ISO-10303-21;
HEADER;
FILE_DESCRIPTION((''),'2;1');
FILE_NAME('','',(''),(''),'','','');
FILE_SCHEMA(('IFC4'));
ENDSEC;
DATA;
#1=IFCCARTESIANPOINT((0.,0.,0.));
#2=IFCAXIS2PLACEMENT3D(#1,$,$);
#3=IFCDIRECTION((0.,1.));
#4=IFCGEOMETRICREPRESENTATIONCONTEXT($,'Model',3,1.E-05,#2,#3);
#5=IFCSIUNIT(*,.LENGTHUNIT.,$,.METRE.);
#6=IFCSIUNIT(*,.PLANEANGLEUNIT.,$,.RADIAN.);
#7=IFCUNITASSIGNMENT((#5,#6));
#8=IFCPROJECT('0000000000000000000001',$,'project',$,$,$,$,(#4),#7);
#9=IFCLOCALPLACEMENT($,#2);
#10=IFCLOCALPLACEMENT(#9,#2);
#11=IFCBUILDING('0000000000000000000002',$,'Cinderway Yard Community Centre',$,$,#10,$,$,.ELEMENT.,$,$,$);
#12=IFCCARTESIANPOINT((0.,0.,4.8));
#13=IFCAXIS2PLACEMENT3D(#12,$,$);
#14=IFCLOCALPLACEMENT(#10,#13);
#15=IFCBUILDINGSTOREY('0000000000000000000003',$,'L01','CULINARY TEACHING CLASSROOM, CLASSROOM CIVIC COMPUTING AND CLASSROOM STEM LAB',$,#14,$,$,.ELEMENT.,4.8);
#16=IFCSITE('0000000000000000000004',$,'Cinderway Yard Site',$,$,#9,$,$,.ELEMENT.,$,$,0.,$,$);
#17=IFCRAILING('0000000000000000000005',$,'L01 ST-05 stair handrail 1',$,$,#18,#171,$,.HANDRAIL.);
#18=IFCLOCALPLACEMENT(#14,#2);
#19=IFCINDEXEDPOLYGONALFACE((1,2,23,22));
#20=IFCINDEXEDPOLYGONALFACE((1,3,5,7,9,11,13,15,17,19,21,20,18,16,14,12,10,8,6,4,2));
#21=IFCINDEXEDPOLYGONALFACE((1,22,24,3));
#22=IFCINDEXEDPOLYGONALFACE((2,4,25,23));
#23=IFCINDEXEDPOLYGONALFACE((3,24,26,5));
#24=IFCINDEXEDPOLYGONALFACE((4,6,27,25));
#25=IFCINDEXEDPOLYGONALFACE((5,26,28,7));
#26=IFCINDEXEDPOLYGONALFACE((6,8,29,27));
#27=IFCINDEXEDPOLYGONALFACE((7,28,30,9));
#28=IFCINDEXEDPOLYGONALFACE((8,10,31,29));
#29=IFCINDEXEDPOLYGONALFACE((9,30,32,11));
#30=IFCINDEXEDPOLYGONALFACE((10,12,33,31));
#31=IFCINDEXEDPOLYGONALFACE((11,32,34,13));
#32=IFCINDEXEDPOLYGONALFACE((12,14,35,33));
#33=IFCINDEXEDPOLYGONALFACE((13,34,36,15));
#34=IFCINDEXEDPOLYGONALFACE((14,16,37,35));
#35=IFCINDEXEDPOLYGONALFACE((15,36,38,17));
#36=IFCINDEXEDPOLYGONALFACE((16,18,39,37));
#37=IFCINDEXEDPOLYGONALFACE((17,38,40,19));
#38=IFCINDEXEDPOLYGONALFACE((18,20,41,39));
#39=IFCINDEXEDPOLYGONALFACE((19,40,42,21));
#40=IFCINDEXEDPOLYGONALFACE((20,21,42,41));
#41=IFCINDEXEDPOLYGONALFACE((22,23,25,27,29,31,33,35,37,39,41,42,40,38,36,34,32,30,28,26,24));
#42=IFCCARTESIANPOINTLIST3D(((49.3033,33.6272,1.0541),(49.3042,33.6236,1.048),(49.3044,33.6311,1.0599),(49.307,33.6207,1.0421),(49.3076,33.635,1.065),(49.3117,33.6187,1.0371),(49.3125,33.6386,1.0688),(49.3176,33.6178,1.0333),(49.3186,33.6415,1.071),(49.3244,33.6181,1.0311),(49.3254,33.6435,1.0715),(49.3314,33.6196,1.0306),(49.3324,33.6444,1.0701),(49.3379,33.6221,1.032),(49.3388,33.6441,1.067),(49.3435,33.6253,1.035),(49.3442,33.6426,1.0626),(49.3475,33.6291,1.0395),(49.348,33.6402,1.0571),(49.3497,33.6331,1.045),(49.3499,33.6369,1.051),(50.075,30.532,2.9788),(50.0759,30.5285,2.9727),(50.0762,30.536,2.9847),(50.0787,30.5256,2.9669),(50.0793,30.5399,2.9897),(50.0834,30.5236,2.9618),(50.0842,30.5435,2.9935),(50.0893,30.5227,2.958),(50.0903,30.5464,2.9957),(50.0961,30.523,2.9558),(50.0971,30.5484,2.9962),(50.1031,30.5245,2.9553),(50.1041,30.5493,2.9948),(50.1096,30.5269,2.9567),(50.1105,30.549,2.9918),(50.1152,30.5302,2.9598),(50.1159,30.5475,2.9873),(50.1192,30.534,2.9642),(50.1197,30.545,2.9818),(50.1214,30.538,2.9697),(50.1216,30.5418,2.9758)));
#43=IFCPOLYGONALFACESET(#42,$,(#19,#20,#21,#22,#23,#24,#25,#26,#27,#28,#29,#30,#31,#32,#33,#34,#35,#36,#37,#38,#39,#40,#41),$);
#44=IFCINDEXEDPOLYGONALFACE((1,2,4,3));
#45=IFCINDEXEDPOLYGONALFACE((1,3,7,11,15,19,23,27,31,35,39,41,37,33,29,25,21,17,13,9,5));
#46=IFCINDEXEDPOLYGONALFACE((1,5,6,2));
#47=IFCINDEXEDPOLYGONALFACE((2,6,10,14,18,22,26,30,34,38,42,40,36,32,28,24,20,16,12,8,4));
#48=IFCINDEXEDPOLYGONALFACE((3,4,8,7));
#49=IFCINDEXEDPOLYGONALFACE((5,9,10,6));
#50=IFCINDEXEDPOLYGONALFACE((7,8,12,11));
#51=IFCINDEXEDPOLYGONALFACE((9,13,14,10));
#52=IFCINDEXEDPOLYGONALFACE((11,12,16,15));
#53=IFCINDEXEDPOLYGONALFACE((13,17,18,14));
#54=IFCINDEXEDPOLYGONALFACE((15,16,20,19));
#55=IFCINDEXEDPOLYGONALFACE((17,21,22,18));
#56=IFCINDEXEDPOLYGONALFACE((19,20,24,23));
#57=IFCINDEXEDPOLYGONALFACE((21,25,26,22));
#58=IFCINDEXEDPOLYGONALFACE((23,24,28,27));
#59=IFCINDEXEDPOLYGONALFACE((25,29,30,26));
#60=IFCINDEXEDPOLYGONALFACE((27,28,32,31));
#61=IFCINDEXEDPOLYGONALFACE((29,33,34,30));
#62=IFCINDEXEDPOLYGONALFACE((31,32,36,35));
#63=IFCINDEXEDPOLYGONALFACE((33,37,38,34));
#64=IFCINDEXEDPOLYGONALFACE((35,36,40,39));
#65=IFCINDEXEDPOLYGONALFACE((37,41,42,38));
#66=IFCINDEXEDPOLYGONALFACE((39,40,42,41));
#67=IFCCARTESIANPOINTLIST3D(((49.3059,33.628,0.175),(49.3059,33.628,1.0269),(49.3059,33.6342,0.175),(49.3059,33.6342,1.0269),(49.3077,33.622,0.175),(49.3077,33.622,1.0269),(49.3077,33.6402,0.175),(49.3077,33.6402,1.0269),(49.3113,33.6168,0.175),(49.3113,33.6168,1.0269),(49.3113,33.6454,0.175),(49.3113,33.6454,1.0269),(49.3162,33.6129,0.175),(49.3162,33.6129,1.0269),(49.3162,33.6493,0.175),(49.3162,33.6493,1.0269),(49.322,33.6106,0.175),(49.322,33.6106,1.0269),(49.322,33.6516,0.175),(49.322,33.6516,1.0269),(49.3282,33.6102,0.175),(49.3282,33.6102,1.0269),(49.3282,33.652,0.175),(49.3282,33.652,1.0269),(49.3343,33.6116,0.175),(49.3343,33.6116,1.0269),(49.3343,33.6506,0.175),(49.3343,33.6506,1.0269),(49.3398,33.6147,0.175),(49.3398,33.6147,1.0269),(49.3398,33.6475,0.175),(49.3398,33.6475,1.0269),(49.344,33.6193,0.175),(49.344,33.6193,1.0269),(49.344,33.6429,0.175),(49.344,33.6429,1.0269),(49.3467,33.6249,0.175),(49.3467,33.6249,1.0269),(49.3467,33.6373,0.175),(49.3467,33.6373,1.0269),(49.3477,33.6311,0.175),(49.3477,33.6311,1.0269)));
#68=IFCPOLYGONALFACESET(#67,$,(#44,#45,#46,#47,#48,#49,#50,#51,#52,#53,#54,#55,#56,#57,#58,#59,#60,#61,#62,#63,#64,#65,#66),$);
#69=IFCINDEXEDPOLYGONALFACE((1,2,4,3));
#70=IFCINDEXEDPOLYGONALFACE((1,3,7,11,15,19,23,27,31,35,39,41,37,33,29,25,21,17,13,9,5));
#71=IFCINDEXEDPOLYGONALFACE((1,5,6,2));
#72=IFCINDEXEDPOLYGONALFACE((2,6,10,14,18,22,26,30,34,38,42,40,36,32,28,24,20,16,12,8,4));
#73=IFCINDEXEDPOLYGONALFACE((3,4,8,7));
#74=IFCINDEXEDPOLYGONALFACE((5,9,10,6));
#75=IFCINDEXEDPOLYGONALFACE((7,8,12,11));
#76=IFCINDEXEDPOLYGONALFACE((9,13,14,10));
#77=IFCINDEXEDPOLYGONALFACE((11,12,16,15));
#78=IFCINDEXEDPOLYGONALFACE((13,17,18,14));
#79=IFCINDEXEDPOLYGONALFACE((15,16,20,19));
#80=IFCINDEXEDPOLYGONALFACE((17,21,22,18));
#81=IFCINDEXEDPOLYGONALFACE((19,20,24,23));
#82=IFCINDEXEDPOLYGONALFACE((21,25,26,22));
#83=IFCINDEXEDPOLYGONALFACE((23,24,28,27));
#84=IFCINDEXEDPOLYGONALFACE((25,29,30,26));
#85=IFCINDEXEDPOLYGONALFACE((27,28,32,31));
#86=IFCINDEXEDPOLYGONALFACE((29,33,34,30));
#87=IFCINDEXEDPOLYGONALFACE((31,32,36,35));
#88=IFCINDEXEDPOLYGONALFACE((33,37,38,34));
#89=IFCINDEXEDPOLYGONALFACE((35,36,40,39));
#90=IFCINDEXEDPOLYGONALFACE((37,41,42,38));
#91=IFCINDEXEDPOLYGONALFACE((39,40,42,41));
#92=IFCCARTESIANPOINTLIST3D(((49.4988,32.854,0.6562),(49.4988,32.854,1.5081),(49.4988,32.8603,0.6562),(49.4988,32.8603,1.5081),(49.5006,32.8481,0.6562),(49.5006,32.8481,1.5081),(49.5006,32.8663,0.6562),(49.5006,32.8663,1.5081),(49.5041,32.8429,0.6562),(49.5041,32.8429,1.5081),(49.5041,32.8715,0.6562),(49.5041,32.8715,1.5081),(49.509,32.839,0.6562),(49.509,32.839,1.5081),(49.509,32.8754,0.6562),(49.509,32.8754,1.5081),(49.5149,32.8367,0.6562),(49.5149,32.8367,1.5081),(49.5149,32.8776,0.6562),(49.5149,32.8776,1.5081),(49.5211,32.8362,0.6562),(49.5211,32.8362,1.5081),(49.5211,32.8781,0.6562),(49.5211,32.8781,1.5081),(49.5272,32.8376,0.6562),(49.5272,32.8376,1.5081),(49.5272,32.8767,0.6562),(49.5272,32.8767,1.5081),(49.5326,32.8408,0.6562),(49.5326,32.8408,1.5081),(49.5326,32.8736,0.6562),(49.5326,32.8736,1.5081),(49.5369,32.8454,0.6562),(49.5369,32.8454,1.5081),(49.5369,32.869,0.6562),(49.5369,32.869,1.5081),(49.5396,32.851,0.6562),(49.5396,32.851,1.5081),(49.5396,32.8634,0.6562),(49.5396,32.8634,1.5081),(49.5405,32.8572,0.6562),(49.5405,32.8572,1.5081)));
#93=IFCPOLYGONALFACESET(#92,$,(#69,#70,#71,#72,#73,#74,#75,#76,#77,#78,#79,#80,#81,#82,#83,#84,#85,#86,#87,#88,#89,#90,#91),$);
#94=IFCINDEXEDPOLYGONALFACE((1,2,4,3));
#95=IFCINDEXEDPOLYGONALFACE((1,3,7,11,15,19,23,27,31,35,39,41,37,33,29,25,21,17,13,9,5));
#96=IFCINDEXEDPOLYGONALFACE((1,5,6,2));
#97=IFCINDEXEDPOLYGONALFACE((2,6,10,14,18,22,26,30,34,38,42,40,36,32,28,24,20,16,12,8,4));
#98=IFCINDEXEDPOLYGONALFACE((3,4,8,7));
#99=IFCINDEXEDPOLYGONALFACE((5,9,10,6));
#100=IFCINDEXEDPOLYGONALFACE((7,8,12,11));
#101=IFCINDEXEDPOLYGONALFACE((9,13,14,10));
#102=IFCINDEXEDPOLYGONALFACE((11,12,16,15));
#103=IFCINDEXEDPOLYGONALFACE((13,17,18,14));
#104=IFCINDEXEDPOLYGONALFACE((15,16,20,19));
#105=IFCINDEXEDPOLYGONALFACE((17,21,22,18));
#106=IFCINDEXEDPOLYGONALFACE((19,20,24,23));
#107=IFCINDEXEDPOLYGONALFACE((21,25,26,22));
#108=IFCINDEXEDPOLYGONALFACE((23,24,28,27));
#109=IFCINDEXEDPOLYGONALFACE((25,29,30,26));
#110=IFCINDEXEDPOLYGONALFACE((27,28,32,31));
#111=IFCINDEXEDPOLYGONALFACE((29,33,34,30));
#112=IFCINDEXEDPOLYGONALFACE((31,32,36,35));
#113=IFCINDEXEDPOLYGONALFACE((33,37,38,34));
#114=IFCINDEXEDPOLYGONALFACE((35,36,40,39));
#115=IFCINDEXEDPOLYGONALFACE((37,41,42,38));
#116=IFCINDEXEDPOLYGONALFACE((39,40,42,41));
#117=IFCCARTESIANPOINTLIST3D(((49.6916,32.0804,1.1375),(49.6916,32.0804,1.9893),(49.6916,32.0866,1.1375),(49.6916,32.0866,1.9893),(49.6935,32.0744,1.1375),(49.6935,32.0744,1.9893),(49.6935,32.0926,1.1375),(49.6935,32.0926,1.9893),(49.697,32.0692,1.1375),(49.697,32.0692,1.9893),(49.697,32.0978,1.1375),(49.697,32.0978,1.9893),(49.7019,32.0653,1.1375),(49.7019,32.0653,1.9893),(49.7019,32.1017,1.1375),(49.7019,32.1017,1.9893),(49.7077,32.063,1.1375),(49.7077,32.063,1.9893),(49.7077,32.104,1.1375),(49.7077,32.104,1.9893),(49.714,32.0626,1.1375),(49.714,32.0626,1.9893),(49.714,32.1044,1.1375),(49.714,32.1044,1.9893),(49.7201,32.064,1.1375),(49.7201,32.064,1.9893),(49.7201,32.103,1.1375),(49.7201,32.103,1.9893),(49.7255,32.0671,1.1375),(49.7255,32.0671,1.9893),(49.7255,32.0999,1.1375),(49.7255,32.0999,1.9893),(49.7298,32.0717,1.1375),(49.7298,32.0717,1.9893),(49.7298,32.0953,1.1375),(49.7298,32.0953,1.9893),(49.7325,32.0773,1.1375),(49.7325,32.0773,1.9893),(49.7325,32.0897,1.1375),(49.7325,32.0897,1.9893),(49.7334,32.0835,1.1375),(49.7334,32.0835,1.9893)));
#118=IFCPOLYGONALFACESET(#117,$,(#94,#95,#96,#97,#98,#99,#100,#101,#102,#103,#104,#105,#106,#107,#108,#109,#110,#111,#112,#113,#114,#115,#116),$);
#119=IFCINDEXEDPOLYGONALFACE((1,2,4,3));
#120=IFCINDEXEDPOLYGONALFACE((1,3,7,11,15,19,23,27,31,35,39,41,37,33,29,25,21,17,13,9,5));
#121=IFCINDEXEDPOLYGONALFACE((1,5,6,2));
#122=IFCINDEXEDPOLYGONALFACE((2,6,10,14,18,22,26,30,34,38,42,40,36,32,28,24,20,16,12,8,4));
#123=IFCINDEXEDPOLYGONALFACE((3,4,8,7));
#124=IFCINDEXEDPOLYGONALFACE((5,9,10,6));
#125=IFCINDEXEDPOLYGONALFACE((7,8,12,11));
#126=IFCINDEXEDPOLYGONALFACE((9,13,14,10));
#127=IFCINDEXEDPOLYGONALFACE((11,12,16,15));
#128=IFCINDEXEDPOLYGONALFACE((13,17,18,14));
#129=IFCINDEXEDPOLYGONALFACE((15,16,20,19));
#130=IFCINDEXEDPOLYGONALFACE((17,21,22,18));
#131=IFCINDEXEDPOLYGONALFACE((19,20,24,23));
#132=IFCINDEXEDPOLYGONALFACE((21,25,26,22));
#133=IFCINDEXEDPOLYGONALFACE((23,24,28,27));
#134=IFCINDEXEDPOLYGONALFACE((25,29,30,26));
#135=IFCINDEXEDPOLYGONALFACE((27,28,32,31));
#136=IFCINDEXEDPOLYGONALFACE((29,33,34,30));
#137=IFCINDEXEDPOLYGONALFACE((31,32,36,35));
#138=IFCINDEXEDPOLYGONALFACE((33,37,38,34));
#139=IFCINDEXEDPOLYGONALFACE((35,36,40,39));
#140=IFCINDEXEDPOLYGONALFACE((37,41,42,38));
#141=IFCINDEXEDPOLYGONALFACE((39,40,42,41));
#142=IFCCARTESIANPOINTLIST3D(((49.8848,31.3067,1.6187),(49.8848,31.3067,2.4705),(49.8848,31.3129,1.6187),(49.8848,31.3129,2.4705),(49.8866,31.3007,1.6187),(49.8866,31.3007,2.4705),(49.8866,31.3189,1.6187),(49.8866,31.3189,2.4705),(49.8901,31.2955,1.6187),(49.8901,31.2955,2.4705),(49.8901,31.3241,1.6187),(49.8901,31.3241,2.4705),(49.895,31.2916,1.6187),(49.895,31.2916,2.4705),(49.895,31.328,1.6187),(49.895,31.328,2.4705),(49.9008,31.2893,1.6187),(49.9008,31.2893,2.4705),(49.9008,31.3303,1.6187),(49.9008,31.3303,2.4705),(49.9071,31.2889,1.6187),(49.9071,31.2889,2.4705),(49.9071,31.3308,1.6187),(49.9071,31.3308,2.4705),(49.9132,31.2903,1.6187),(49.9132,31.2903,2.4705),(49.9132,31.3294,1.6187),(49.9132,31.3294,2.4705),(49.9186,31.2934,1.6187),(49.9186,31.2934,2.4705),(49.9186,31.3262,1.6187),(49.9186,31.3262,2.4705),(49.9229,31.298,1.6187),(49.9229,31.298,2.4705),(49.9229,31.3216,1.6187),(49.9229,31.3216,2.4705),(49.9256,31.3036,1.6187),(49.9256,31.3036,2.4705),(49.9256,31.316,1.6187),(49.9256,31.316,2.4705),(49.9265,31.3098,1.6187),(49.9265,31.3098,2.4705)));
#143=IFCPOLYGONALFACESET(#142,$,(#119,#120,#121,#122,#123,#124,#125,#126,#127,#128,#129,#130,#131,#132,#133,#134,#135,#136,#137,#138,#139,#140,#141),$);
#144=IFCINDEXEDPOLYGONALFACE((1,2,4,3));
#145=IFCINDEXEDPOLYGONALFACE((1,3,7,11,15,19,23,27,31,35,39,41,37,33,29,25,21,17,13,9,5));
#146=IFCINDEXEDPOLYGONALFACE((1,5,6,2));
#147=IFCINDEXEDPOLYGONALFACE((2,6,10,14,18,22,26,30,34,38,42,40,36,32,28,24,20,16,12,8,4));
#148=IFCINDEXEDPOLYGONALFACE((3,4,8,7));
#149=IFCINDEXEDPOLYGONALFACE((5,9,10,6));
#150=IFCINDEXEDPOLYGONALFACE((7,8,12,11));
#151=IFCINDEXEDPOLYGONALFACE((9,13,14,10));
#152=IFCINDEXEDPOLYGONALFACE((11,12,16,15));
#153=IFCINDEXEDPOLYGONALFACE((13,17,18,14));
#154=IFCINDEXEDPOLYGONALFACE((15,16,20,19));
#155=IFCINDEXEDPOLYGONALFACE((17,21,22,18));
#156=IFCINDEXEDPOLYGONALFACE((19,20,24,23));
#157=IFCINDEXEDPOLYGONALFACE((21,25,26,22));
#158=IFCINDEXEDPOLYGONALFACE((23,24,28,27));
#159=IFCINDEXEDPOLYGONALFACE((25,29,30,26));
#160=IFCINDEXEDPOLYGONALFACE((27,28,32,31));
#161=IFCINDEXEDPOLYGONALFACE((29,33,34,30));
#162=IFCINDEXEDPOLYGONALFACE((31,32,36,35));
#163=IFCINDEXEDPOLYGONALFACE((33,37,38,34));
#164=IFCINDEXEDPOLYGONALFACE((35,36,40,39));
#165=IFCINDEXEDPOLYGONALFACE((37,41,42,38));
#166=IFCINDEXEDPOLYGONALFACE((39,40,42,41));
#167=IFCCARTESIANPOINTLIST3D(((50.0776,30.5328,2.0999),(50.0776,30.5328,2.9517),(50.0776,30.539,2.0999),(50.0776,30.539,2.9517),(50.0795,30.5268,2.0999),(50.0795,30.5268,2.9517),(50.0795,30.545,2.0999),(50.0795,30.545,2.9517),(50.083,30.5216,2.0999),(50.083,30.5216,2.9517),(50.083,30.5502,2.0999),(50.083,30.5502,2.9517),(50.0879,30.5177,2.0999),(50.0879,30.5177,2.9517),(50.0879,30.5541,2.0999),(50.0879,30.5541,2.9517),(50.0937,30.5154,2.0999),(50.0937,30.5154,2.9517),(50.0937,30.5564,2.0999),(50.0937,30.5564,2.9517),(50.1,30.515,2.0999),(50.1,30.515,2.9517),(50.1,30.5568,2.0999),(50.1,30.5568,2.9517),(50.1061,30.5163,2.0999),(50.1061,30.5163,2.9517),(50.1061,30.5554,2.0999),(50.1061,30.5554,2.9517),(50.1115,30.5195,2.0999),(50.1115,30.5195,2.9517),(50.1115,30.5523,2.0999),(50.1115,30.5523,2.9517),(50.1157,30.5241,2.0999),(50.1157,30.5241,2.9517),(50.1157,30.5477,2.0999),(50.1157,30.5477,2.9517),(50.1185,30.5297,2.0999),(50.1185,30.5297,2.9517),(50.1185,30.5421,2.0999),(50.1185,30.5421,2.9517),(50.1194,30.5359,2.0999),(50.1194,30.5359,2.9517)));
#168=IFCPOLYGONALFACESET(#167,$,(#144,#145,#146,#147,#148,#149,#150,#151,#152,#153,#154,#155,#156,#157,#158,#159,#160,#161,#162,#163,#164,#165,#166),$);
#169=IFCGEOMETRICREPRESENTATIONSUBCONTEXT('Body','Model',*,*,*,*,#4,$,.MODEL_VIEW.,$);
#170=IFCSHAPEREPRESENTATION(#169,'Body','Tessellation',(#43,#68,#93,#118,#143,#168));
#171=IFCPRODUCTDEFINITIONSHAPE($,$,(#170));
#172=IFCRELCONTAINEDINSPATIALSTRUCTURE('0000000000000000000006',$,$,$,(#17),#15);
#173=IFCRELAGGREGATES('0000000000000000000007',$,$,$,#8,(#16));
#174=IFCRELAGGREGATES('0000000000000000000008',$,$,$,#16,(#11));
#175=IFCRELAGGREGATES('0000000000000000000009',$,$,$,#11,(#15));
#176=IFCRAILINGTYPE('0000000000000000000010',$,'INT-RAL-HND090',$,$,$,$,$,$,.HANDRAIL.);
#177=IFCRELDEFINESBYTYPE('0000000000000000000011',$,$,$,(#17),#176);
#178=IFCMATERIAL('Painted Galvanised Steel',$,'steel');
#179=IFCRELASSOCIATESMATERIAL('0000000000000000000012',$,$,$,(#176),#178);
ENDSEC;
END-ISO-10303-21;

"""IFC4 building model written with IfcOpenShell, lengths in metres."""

from ifc_helpers import new_model, si_unit, direction, frame, origin, origin_2d, place, context, subcontext, project, spatial, circle, extrude, material, type_object, element, save


model = new_model("IFC4")

# Units and contexts
model_context = context("Model", 3, precision=1e-05, world=origin(), true_north=direction((0.0, 1.0)))
body_context = subcontext(model_context, "Body", "Model", "MODEL_VIEW")
ifc_project = project(units=[si_unit("LENGTHUNIT", "METRE"), si_unit("PLANEANGLEUNIT", "RADIAN")], contexts=[model_context])

# Site, building, storey
site_placement = place(None, origin())
site = spatial("IfcSite", under=ifc_project, at=site_placement, Name="Cinderway Yard Site", CompositionType="ELEMENT", RefElevation=0.0)
building_placement = place(site_placement, origin())
building = spatial("IfcBuilding", under=site, at=building_placement, Name="Cinderway Yard Community Centre", CompositionType="ELEMENT")
storey_placement = place(building_placement, frame((0.0, 0.0, 4.8)))
storey = spatial("IfcBuildingStorey", under=building, at=storey_placement, Name="L01", Description="CULINARY TEACHING CLASSROOM, CLASSROOM CIVIC COMPUTING AND CLASSROOM STEM LAB", CompositionType="ELEMENT", Elevation=4.8)

# Shared definitions
ifc_material_1 = material(Name="Painted Galvanised Steel", Category="steel")

# Railing
railing_type_1 = type_object("IfcRailingType", Name="INT-RAL-HND090", PredefinedType="HANDRAIL", material=ifc_material_1)
railing_1_placement = place(storey_placement, frame((49.3267, 33.6311, 0.175)))
element("IfcRailing", 1, at=railing_1_placement, inside=storey, type_object=railing_type_1, Name="L01 ST-05 stair handrail 1", PredefinedType="HANDRAIL", context=body_context, shape_type="SweptSolid", body=[
    extrude(circle(Radius=0.0239, at=origin_2d()), frame((0.0, 0.0, 0.876), z_axis=(0.207137, -0.830775, 0.51663), x_axis=(0.970295, 0.241923, 0.0)), (0.0, 0.0, 1.0), 3.7256),
    extrude(circle(Radius=0.021, at=origin_2d()), origin(), (0.0, 0.0, 1.0), 0.8518),
    extrude(circle(Radius=0.021, at=origin_2d()), frame((0.1929, -0.7739, 0.4812)), (0.0, 0.0, 1.0), 0.8518),
    extrude(circle(Radius=0.021, at=origin_2d()), frame((0.3857, -1.5476, 0.9624)), (0.0, 0.0, 1.0), 0.8518),
    extrude(circle(Radius=0.021, at=origin_2d()), frame((0.5789, -2.3213, 1.4436)), (0.0, 0.0, 1.0), 0.8518),
    extrude(circle(Radius=0.021, at=origin_2d()), frame((0.7717, -3.0952, 1.9248)), (0.0, 0.0, 1.0), 0.8518),
])

save(model, "model.ifc")
